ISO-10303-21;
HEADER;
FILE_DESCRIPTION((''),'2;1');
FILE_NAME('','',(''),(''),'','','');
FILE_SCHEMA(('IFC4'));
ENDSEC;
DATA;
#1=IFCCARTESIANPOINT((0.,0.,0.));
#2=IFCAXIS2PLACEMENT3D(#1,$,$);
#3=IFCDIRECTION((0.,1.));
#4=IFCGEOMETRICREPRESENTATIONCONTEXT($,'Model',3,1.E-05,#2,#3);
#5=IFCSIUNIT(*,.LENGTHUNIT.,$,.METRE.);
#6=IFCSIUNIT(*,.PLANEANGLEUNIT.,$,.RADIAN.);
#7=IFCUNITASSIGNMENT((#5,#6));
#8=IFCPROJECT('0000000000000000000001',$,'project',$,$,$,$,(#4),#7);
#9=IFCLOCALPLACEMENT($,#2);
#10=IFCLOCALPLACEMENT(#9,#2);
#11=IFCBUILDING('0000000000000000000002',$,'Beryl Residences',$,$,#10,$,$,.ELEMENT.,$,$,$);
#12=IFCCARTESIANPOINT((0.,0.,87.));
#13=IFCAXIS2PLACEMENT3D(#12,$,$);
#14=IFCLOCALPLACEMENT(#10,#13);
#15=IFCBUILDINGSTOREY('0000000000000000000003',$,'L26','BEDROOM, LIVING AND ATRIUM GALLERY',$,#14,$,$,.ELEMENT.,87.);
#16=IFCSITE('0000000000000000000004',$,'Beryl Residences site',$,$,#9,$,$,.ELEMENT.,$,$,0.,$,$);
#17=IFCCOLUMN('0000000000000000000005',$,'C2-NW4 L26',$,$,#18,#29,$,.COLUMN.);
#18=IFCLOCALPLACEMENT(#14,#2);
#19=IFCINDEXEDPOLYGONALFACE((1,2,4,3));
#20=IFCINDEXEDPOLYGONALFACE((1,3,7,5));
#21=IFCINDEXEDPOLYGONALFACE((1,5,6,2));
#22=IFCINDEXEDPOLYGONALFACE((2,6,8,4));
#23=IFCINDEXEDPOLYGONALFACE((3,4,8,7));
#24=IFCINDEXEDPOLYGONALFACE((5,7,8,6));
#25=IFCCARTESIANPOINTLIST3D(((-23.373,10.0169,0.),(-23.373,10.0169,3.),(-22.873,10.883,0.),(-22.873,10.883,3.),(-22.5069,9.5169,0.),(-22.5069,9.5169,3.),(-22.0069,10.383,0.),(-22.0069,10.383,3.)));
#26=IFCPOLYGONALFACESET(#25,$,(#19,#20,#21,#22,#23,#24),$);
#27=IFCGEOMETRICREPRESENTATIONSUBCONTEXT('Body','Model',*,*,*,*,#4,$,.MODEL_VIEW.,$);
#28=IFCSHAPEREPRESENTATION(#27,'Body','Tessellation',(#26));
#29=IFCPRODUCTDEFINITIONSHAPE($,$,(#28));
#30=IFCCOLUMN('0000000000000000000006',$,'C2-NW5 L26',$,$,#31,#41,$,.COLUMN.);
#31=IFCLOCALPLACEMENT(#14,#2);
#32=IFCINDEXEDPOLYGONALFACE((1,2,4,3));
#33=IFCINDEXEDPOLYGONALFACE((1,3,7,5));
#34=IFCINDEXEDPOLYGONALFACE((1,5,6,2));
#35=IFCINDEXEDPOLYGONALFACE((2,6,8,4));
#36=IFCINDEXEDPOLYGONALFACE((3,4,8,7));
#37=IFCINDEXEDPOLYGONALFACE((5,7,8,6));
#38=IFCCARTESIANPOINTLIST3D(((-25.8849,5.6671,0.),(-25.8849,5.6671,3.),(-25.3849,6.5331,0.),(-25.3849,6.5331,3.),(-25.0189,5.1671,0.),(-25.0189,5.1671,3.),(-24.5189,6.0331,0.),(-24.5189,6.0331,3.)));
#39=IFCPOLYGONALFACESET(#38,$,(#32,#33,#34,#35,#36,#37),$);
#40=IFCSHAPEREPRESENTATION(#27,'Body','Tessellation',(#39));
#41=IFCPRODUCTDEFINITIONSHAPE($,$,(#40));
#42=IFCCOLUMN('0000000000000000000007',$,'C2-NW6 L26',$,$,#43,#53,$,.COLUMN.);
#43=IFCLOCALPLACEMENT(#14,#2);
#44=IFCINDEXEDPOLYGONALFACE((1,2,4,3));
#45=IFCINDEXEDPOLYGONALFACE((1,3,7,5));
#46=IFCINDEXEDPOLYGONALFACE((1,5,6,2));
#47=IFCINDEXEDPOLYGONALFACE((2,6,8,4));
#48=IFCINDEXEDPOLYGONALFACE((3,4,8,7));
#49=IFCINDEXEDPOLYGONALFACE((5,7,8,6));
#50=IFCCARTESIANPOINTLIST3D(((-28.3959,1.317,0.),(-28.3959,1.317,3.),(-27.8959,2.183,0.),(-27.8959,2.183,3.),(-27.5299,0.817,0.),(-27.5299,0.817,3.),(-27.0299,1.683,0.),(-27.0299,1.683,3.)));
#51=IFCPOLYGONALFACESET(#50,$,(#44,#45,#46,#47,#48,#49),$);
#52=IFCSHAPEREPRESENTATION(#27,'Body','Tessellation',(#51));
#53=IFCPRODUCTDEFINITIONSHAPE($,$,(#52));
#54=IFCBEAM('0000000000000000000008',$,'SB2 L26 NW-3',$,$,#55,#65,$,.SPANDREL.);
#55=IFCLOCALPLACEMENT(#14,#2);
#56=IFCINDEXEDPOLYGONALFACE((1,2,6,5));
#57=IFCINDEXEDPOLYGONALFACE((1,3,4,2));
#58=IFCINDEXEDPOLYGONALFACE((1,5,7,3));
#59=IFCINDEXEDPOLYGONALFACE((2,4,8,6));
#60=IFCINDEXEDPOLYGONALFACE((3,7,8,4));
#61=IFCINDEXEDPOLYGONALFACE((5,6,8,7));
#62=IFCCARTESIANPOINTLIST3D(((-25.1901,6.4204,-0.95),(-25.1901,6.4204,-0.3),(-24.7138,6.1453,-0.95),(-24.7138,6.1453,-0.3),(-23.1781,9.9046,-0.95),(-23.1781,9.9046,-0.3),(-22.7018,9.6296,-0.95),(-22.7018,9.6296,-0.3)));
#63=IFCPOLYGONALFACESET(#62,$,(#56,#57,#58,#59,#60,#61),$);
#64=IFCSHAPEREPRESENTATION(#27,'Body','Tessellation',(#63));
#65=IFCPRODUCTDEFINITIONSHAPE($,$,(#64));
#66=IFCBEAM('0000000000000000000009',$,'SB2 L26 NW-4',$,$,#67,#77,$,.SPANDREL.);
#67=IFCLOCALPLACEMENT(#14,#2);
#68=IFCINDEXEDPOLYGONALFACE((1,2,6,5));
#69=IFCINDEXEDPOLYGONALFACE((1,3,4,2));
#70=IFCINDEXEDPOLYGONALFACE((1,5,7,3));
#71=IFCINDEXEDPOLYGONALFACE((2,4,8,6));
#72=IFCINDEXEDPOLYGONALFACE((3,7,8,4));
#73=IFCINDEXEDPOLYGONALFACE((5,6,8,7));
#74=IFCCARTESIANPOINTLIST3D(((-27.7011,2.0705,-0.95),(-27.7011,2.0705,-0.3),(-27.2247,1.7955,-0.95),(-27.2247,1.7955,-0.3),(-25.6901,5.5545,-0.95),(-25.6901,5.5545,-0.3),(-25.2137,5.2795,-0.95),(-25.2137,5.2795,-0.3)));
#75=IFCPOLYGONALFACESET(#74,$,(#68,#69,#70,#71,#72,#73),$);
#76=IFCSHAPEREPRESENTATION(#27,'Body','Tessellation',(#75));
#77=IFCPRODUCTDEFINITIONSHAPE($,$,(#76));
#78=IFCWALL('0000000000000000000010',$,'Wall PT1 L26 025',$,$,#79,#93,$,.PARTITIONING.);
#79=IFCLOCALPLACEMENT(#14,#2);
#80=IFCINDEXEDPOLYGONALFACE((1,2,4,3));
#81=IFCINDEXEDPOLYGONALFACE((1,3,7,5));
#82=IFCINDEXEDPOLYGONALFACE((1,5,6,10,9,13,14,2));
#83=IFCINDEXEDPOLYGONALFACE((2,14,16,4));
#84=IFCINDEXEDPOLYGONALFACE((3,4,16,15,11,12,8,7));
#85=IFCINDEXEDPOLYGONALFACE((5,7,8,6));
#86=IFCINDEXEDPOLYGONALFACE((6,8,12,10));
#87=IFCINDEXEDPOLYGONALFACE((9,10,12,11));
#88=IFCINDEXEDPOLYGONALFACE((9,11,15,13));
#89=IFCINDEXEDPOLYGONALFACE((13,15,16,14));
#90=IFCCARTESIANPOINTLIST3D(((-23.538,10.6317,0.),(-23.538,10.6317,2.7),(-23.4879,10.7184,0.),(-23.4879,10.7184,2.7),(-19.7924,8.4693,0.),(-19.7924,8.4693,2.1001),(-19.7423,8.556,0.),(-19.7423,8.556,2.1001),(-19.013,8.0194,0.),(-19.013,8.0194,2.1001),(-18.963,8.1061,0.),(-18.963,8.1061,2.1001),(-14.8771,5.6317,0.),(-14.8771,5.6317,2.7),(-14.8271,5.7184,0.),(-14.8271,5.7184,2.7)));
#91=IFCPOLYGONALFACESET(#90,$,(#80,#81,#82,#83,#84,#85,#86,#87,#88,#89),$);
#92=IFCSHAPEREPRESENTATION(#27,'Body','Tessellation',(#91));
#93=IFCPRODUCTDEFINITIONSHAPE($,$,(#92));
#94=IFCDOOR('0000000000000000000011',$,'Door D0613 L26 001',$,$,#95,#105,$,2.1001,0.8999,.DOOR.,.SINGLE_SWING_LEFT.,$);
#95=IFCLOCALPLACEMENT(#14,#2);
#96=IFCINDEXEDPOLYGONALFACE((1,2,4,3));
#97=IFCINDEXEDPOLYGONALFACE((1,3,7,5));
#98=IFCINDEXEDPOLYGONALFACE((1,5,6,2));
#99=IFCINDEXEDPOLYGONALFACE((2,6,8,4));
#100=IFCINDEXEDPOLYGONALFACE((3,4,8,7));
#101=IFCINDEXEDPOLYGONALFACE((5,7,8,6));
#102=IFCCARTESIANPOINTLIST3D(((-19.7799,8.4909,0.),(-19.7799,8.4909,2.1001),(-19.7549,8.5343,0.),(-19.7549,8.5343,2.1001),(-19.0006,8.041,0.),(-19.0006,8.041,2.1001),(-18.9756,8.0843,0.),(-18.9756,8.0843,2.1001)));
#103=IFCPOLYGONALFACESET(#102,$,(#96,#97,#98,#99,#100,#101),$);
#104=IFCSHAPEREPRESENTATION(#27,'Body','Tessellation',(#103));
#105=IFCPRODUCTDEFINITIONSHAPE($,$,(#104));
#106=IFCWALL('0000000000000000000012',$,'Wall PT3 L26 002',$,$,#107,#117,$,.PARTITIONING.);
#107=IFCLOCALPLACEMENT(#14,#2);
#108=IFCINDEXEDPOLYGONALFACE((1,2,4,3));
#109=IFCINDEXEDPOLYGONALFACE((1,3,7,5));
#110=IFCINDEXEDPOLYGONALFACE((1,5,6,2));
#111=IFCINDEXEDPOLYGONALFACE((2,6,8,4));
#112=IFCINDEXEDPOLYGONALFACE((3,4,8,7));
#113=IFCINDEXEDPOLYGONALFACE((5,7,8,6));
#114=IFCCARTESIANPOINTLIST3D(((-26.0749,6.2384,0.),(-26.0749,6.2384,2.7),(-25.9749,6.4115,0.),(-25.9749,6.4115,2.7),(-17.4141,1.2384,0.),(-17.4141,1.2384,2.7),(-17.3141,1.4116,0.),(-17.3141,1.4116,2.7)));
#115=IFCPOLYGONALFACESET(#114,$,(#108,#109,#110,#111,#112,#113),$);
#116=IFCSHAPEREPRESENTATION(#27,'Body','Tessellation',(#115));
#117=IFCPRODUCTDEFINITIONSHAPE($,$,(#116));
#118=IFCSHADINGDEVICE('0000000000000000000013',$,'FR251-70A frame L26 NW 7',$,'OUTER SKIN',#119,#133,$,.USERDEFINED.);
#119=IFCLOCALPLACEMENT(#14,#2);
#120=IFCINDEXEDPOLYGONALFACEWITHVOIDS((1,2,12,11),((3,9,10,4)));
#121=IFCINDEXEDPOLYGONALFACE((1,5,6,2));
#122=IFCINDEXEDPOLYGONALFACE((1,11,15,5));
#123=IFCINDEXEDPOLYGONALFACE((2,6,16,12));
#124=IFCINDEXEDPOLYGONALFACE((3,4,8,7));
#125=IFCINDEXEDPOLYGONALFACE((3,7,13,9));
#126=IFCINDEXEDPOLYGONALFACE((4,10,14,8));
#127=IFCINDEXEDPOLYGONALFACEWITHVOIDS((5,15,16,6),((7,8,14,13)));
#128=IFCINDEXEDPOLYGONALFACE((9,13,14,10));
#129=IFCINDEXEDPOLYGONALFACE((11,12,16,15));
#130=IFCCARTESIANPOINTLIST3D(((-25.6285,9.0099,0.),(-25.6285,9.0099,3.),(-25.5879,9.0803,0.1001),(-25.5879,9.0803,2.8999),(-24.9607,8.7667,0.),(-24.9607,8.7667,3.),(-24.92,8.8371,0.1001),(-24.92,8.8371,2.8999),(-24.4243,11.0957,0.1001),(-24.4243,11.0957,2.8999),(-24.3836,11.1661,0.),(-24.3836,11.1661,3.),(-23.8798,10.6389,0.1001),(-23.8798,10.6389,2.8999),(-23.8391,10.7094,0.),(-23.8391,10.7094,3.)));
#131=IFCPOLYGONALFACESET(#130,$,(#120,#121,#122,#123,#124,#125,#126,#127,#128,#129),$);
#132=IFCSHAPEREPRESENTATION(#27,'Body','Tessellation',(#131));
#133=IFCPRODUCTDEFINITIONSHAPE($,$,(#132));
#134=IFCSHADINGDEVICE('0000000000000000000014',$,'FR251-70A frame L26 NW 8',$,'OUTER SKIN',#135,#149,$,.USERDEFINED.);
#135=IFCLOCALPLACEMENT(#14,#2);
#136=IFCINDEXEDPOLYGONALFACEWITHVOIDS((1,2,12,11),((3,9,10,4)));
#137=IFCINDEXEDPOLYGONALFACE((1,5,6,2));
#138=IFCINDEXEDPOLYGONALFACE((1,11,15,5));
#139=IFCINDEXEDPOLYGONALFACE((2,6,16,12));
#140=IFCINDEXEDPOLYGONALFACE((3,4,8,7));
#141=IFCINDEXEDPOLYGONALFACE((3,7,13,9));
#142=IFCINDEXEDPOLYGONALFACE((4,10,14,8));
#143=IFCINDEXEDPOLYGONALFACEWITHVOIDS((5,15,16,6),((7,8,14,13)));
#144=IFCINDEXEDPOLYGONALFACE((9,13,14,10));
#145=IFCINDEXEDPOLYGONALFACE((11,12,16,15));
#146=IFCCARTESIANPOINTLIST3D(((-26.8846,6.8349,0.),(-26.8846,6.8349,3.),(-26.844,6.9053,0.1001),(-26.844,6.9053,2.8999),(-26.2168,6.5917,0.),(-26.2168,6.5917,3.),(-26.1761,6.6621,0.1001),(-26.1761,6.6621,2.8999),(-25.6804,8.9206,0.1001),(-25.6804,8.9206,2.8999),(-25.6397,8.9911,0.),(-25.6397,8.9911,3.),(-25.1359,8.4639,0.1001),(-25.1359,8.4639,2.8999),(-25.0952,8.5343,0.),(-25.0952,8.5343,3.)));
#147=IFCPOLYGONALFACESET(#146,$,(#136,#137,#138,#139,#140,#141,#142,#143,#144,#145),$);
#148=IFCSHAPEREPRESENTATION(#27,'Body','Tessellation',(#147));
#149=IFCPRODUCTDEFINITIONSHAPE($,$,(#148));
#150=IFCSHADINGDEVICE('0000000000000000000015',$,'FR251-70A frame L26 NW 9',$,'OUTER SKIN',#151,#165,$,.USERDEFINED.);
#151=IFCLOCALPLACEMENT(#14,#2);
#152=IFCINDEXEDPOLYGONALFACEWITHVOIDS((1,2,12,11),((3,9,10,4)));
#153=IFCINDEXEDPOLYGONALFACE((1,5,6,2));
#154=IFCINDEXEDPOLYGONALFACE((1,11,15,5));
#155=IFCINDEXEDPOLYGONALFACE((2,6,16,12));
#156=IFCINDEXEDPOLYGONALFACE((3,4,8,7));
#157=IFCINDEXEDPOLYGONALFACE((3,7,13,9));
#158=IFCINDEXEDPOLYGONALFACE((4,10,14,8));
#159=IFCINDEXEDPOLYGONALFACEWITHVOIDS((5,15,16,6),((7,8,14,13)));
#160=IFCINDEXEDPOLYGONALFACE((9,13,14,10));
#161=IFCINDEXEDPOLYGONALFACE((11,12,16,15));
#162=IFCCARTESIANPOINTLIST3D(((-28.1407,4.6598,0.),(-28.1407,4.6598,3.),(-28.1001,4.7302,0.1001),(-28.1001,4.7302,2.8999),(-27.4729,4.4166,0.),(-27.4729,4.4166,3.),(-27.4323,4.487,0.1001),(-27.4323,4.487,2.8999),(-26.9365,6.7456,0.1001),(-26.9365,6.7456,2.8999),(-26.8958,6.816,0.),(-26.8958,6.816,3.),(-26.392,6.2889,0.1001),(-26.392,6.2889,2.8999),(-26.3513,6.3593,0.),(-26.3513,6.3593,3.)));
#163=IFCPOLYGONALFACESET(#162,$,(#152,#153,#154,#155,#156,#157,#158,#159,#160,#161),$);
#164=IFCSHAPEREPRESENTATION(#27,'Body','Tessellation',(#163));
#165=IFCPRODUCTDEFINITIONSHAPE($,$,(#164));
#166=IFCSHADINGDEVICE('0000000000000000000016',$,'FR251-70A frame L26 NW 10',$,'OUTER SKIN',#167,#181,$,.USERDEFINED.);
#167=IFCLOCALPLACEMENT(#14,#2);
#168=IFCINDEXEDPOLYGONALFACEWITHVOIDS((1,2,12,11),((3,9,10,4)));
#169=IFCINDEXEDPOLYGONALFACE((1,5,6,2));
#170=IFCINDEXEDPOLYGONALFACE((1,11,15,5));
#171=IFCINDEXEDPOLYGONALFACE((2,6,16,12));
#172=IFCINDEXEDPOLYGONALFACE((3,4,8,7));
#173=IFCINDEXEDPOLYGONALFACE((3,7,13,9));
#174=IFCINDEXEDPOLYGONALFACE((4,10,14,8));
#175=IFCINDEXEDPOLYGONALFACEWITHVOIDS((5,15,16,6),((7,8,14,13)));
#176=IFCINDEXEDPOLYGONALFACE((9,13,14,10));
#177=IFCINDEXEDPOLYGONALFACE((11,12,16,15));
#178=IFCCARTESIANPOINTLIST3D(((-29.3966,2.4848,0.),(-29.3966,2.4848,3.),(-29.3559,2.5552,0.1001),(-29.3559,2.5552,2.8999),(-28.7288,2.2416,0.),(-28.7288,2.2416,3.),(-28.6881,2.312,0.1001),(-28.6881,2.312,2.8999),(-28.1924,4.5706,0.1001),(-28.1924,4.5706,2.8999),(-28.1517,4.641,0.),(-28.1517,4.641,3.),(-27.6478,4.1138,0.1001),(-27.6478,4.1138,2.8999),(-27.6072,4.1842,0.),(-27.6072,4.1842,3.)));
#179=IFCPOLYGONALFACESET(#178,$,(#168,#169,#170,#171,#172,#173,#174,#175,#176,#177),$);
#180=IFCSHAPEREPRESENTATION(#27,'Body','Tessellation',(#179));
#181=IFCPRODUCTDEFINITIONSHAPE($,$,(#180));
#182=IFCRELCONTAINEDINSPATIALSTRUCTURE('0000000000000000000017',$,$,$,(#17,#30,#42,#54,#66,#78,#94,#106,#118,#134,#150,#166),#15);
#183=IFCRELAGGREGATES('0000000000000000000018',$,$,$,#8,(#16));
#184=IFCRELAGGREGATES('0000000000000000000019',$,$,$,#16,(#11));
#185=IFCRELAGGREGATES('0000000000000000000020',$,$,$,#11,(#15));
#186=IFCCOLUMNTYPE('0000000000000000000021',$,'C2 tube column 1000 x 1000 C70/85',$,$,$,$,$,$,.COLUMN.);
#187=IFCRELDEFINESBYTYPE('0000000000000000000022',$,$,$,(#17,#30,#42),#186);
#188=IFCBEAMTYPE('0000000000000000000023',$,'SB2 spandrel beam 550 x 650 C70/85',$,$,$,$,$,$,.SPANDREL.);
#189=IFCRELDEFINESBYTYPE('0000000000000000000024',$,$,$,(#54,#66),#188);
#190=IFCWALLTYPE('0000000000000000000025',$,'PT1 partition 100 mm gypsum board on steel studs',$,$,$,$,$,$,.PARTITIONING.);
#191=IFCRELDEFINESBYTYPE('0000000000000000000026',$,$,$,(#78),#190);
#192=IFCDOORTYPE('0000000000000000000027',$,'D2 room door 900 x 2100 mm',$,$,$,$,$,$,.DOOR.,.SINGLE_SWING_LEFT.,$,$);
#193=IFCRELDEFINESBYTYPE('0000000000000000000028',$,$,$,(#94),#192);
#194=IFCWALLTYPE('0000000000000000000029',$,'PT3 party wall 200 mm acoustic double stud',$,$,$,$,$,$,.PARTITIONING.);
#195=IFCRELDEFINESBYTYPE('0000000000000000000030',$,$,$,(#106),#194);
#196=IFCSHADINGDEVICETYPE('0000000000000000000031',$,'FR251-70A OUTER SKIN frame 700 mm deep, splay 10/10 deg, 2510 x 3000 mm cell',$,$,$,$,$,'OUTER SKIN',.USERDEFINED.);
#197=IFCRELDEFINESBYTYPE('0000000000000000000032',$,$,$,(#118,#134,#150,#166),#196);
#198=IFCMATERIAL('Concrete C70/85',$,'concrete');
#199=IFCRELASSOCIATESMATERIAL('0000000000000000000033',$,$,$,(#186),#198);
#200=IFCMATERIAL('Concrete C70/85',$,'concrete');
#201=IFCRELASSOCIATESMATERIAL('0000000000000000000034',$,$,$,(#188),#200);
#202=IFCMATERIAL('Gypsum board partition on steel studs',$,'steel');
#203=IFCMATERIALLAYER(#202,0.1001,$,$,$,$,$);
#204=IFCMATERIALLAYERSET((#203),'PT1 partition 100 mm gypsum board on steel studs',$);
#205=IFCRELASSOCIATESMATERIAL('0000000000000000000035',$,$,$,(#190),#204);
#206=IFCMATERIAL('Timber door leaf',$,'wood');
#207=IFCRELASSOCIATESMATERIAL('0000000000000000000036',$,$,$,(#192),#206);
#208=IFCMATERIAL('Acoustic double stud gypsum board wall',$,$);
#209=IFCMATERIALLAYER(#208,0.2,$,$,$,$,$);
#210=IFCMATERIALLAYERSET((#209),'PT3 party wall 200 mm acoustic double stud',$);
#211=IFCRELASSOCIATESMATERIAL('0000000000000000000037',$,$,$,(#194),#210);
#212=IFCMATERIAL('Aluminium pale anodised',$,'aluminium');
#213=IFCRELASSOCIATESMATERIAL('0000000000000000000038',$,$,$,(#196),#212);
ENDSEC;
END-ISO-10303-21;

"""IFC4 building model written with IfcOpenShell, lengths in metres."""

from ifc_helpers import new_model, entity, si_unit, direction, frame, frame_2d, origin, origin_2d, place, context, subcontext, project, spatial, rectangle, extrude, source, transform, mapped, material, layer, layer_set, material_profile, profile_set, type_object, type_shapes, element, fill, save


model = new_model("IFC4")

# Units and contexts
model_context = context("Model", 3, precision=1e-05, world=origin(), true_north=direction((0.0, 1.0)))
body_context = subcontext(model_context, "Body", "Model", "MODEL_VIEW")
ifc_project = project(units=[si_unit("LENGTHUNIT", "METRE"), si_unit("PLANEANGLEUNIT", "RADIAN")], contexts=[model_context])

# Site, building, storey
site_placement = place(None, origin())
site = spatial("IfcSite", under=ifc_project, at=site_placement, Name="Beryl Residences site", CompositionType="ELEMENT", RefElevation=0.0)
building_placement = place(site_placement, origin())
building = spatial("IfcBuilding", under=site, at=building_placement, Name="Beryl Residences", CompositionType="ELEMENT")
storey_placement = place(building_placement, frame((0.0, 0.0, 87.0)))
storey = spatial("IfcBuildingStorey", under=building, at=storey_placement, Name="L26", Description="BEDROOM, LIVING AND ATRIUM GALLERY", CompositionType="ELEMENT", Elevation=87.0)

# Columns
ifc_material_1 = material(Name="Concrete C70/85", Category="concrete")
ifc_material_profile_1 = material_profile(ifc_material_1, rectangle(XDim=1.0, YDim=1.0, at=origin_2d()))
ifc_profile_set_1 = profile_set([ifc_material_profile_1], Name="Concrete C70/85")
column_type = type_object("IfcColumnType", Name="C2 tube column 1000 x 1000 C70/85", PredefinedType="COLUMN", material=ifc_profile_set_1)
for number, where, z_axis, x_axis, name in (
    (1, (-22.6899, 10.2, 0.0), (0.0, 0.0, 1.0), (-0.5, -0.866025, 0.0), "C2-NW4 L26"),
    (2, (-25.2019, 5.8501, 0.0), (0.0, 0.0, 1.0), (-0.5, -0.866025, 0.0), "C2-NW5 L26"),
    (3, (-27.7129, 1.5, 0.0), (0.0, 0.0, 1.0), (-0.5, -0.866025, 0.0), "C2-NW6 L26"),
):
    element("IfcColumn", number, at=place(storey_placement, frame(where, z_axis=z_axis, x_axis=x_axis)), inside=storey, type_object=column_type, Name=name, PredefinedType="COLUMN", context=body_context, shape_type="SweptSolid", body=[
        extrude(rectangle(XDim=1.0, YDim=1.0, at=origin_2d()), origin(), (0.0, 0.0, 1.0), 3.0),
    ])

# Beams
ifc_material_2 = material(Name="Concrete C70/85", Category="concrete")
ifc_material_profile_2 = material_profile(ifc_material_2, rectangle(XDim=0.55, YDim=0.6499, at=origin_2d()))
ifc_profile_set_2 = profile_set([ifc_material_profile_2], Name="Concrete C70/85")
beam_type = type_object("IfcBeamType", Name="SB2 spandrel beam 550 x 650 C70/85", PredefinedType="SPANDREL", material=ifc_profile_set_2)
beam_1_placement = place(storey_placement, frame((-22.9399, 9.7671, -0.625), z_axis=(-0.500074, -0.865982, 0.0), x_axis=(0.865982, -0.500074, 0.0)))
element("IfcBeam", 4, at=beam_1_placement, inside=storey, type_object=beam_type, Name="SB2 L26 NW-3", PredefinedType="SPANDREL", context=body_context, shape_type="SweptSolid", body=[
    extrude(rectangle(XDim=0.55, YDim=0.6499, at=origin_2d()), origin(), (0.0, 0.0, 1.0), 4.0234),
])
beam_2_placement = place(storey_placement, frame((-25.4519, 5.417, -0.625), z_axis=(-0.499919, -0.866072, 0.0), x_axis=(0.866072, -0.499919, 0.0)))
element("IfcBeam", 5, at=beam_2_placement, inside=storey, type_object=beam_type, Name="SB2 L26 NW-4", PredefinedType="SPANDREL", context=body_context, shape_type="SweptSolid", body=[
    extrude(rectangle(XDim=0.55, YDim=0.6499, at=origin_2d()), origin(), (0.0, 0.0, 1.0), 4.0227),
])

# Wall, opening, door
ifc_material_3 = material(Name="Gypsum board partition on steel studs", Category="steel")
ifc_layer_1 = layer(ifc_material_3, 0.1001)
ifc_layer_set_1 = layer_set([ifc_layer_1], Name="PT1 partition 100 mm gypsum board on steel studs")
wall_type_1 = type_object("IfcWallType", Name="PT1 partition 100 mm gypsum board on steel studs", PredefinedType="PARTITIONING", material=ifc_layer_set_1)
wall_1_placement = place(storey_placement, frame((-23.5129, 10.675, 0.0), z_axis=(0.0, 0.0, 1.0), x_axis=(0.866041, -0.499973, 0.0)))
wall_1 = element("IfcWall", 6, at=wall_1_placement, inside=storey, type_object=wall_type_1, Name="Wall PT1 L26 025", PredefinedType="PARTITIONING", context=body_context, shape_type="SweptSolid", body=[
    extrude(rectangle(XDim=10.0005, YDim=0.1001, at=frame_2d((5.0002, 0.0))), origin(), (0.0, 0.0, 1.0), 2.7),
])
opening_placement = place(wall_1_placement, frame((4.325, 0.0, 0.0)))
opening = element("IfcOpeningElement", 7, at=opening_placement, cuts=wall_1, PredefinedType="OPENING", context=body_context, shape_type="SweptSolid", body=[
    extrude(rectangle(XDim=0.8999, YDim=2.1001, at=frame_2d((0.45, 1.05))), frame((0.0, 0.0601, 0.0), z_axis=(0.0, -1.0, 0.0), x_axis=(1.0, 0.0, 0.0)), (0.0, 0.0, 1.0), 0.1201),
])
ifc_material_4 = material(Name="Timber door leaf", Category="wood")
door_type = type_object("IfcDoorType", Name="D2 room door 900 x 2100 mm", OperationType="SINGLE_SWING_LEFT", PredefinedType="DOOR", material=ifc_material_4)
door_placement = place(opening_placement, origin())
door = element("IfcDoor", 8, at=door_placement, inside=storey, type_object=door_type, Name="Door D0613 L26 001", OperationType="SINGLE_SWING_LEFT", OverallHeight=2.1001, OverallWidth=0.8999, PredefinedType="DOOR", context=body_context, shape_type="SweptSolid", body=[
    extrude(rectangle(XDim=0.8999, YDim=2.1001, at=frame_2d((0.45, 1.05))), frame((0.0, 0.0249, 0.0), z_axis=(0.0, -1.0, 0.0), x_axis=(1.0, 0.0, 0.0)), (0.0, 0.0, 1.0), 0.05),
])
fill(opening, door)

# Wall
ifc_material_5 = material(Name="Acoustic double stud gypsum board wall")
ifc_layer_2 = layer(ifc_material_5, 0.2)
ifc_layer_set_2 = layer_set([ifc_layer_2], Name="PT3 party wall 200 mm acoustic double stud")
wall_type_2 = type_object("IfcWallType", Name="PT3 party wall 200 mm acoustic double stud", PredefinedType="PARTITIONING", material=ifc_layer_set_2)
wall_2_placement = place(storey_placement, frame((-26.0249, 6.325, 0.0), z_axis=(0.0, 0.0, 1.0), x_axis=(0.866041, -0.499973, 0.0)))
element("IfcWall", 9, at=wall_2_placement, inside=storey, type_object=wall_type_2, Name="Wall PT3 L26 002", PredefinedType="PARTITIONING", context=body_context, shape_type="SweptSolid", body=[
    extrude(rectangle(XDim=10.0005, YDim=0.2, at=frame_2d((5.0002, 0.0))), origin(), (0.0, 0.0, 1.0), 2.7),
])

# Shading devices
ifc_material_6 = material(Name="Aluminium pale anodised", Category="aluminium")
shading_device_type = type_object("IfcShadingDeviceType", Name="FR251-70A OUTER SKIN frame 700 mm deep, splay 10/10 deg, 2510 x 3000 mm cell", ElementType="OUTER SKIN", PredefinedType="USERDEFINED", material=ifc_material_6)
cartesian_point_1 = entity("IfcCartesianPoint", [-1.1216, 0.0])
cartesian_point_2 = entity("IfcCartesianPoint", [-1.0403, 0.1001])
cartesian_point_3 = entity("IfcCartesianPoint", [-1.2449, 0.0])
cartesian_point_4 = entity("IfcCartesianPoint", [-1.1636, 0.1001])
shared_shape_1 = source(origin(), body_context, "Body", "SweptSolid", [
    entity("IfcExtrudedAreaSolidTapered", entity("IfcArbitraryProfileDefWithVoids", "AREA", None, entity("IfcPolyline", [cartesian_point_1, entity("IfcCartesianPoint", [1.1216, 0.0]), entity("IfcCartesianPoint", [1.1216, 3.0]), entity("IfcCartesianPoint", [-1.1216, 3.0]), cartesian_point_1]), [entity("IfcPolyline", [cartesian_point_2, entity("IfcCartesianPoint", [1.0403, 0.1001]), entity("IfcCartesianPoint", [1.0403, 2.8999]), entity("IfcCartesianPoint", [-1.0403, 2.8999]), cartesian_point_2])]), entity("IfcAxis2Placement3D", entity("IfcCartesianPoint", [0.0, 0.0, 0.0]), entity("IfcDirection", [0.0, 1.0, 0.0]), entity("IfcDirection", [-1.0, 0.0, 0.0])), entity("IfcDirection", [0.0, 0.0, 1.0]), 0.7, entity("IfcArbitraryProfileDefWithVoids", "AREA", None, entity("IfcPolyline", [cartesian_point_3, entity("IfcCartesianPoint", [1.2449, 0.0]), entity("IfcCartesianPoint", [1.2449, 3.0]), entity("IfcCartesianPoint", [-1.2449, 3.0]), cartesian_point_3]), [entity("IfcPolyline", [cartesian_point_4, entity("IfcCartesianPoint", [1.1636, 0.1001]), entity("IfcCartesianPoint", [1.1636, 2.8999]), entity("IfcCartesianPoint", [-1.1636, 2.8999]), cartesian_point_4])])),
])
type_shapes(shading_device_type, [shared_shape_1])
for number, where, z_axis, x_axis, name in (
    (10, (-24.3999, 9.738, 0.0), (0.0, 0.0, 1.0), (0.5, 0.866025, 0.0), "FR251-70A frame L26 NW 7"),
    (11, (-25.656, 7.563, 0.0), (0.0, 0.0, 1.0), (0.5, 0.866025, 0.0), "FR251-70A frame L26 NW 8"),
    (12, (-26.9121, 5.3879, 0.0), (0.0, 0.0, 1.0), (0.5, 0.866025, 0.0), "FR251-70A frame L26 NW 9"),
    (13, (-28.168, 3.2129, 0.0), (0.0, 0.0, 1.0), (0.5, 0.866025, 0.0), "FR251-70A frame L26 NW 10"),
):
    element("IfcShadingDevice", number, at=place(storey_placement, frame(where, z_axis=z_axis, x_axis=x_axis)), inside=storey, type_object=shading_device_type, Name=name, ObjectType="OUTER SKIN", PredefinedType="USERDEFINED", context=body_context, shape_type="MappedRepresentation", body=[
        mapped(shared_shape_1, transform((0.0, 0.0, 0.0))),
    ])

save(model, "model.ifc")
